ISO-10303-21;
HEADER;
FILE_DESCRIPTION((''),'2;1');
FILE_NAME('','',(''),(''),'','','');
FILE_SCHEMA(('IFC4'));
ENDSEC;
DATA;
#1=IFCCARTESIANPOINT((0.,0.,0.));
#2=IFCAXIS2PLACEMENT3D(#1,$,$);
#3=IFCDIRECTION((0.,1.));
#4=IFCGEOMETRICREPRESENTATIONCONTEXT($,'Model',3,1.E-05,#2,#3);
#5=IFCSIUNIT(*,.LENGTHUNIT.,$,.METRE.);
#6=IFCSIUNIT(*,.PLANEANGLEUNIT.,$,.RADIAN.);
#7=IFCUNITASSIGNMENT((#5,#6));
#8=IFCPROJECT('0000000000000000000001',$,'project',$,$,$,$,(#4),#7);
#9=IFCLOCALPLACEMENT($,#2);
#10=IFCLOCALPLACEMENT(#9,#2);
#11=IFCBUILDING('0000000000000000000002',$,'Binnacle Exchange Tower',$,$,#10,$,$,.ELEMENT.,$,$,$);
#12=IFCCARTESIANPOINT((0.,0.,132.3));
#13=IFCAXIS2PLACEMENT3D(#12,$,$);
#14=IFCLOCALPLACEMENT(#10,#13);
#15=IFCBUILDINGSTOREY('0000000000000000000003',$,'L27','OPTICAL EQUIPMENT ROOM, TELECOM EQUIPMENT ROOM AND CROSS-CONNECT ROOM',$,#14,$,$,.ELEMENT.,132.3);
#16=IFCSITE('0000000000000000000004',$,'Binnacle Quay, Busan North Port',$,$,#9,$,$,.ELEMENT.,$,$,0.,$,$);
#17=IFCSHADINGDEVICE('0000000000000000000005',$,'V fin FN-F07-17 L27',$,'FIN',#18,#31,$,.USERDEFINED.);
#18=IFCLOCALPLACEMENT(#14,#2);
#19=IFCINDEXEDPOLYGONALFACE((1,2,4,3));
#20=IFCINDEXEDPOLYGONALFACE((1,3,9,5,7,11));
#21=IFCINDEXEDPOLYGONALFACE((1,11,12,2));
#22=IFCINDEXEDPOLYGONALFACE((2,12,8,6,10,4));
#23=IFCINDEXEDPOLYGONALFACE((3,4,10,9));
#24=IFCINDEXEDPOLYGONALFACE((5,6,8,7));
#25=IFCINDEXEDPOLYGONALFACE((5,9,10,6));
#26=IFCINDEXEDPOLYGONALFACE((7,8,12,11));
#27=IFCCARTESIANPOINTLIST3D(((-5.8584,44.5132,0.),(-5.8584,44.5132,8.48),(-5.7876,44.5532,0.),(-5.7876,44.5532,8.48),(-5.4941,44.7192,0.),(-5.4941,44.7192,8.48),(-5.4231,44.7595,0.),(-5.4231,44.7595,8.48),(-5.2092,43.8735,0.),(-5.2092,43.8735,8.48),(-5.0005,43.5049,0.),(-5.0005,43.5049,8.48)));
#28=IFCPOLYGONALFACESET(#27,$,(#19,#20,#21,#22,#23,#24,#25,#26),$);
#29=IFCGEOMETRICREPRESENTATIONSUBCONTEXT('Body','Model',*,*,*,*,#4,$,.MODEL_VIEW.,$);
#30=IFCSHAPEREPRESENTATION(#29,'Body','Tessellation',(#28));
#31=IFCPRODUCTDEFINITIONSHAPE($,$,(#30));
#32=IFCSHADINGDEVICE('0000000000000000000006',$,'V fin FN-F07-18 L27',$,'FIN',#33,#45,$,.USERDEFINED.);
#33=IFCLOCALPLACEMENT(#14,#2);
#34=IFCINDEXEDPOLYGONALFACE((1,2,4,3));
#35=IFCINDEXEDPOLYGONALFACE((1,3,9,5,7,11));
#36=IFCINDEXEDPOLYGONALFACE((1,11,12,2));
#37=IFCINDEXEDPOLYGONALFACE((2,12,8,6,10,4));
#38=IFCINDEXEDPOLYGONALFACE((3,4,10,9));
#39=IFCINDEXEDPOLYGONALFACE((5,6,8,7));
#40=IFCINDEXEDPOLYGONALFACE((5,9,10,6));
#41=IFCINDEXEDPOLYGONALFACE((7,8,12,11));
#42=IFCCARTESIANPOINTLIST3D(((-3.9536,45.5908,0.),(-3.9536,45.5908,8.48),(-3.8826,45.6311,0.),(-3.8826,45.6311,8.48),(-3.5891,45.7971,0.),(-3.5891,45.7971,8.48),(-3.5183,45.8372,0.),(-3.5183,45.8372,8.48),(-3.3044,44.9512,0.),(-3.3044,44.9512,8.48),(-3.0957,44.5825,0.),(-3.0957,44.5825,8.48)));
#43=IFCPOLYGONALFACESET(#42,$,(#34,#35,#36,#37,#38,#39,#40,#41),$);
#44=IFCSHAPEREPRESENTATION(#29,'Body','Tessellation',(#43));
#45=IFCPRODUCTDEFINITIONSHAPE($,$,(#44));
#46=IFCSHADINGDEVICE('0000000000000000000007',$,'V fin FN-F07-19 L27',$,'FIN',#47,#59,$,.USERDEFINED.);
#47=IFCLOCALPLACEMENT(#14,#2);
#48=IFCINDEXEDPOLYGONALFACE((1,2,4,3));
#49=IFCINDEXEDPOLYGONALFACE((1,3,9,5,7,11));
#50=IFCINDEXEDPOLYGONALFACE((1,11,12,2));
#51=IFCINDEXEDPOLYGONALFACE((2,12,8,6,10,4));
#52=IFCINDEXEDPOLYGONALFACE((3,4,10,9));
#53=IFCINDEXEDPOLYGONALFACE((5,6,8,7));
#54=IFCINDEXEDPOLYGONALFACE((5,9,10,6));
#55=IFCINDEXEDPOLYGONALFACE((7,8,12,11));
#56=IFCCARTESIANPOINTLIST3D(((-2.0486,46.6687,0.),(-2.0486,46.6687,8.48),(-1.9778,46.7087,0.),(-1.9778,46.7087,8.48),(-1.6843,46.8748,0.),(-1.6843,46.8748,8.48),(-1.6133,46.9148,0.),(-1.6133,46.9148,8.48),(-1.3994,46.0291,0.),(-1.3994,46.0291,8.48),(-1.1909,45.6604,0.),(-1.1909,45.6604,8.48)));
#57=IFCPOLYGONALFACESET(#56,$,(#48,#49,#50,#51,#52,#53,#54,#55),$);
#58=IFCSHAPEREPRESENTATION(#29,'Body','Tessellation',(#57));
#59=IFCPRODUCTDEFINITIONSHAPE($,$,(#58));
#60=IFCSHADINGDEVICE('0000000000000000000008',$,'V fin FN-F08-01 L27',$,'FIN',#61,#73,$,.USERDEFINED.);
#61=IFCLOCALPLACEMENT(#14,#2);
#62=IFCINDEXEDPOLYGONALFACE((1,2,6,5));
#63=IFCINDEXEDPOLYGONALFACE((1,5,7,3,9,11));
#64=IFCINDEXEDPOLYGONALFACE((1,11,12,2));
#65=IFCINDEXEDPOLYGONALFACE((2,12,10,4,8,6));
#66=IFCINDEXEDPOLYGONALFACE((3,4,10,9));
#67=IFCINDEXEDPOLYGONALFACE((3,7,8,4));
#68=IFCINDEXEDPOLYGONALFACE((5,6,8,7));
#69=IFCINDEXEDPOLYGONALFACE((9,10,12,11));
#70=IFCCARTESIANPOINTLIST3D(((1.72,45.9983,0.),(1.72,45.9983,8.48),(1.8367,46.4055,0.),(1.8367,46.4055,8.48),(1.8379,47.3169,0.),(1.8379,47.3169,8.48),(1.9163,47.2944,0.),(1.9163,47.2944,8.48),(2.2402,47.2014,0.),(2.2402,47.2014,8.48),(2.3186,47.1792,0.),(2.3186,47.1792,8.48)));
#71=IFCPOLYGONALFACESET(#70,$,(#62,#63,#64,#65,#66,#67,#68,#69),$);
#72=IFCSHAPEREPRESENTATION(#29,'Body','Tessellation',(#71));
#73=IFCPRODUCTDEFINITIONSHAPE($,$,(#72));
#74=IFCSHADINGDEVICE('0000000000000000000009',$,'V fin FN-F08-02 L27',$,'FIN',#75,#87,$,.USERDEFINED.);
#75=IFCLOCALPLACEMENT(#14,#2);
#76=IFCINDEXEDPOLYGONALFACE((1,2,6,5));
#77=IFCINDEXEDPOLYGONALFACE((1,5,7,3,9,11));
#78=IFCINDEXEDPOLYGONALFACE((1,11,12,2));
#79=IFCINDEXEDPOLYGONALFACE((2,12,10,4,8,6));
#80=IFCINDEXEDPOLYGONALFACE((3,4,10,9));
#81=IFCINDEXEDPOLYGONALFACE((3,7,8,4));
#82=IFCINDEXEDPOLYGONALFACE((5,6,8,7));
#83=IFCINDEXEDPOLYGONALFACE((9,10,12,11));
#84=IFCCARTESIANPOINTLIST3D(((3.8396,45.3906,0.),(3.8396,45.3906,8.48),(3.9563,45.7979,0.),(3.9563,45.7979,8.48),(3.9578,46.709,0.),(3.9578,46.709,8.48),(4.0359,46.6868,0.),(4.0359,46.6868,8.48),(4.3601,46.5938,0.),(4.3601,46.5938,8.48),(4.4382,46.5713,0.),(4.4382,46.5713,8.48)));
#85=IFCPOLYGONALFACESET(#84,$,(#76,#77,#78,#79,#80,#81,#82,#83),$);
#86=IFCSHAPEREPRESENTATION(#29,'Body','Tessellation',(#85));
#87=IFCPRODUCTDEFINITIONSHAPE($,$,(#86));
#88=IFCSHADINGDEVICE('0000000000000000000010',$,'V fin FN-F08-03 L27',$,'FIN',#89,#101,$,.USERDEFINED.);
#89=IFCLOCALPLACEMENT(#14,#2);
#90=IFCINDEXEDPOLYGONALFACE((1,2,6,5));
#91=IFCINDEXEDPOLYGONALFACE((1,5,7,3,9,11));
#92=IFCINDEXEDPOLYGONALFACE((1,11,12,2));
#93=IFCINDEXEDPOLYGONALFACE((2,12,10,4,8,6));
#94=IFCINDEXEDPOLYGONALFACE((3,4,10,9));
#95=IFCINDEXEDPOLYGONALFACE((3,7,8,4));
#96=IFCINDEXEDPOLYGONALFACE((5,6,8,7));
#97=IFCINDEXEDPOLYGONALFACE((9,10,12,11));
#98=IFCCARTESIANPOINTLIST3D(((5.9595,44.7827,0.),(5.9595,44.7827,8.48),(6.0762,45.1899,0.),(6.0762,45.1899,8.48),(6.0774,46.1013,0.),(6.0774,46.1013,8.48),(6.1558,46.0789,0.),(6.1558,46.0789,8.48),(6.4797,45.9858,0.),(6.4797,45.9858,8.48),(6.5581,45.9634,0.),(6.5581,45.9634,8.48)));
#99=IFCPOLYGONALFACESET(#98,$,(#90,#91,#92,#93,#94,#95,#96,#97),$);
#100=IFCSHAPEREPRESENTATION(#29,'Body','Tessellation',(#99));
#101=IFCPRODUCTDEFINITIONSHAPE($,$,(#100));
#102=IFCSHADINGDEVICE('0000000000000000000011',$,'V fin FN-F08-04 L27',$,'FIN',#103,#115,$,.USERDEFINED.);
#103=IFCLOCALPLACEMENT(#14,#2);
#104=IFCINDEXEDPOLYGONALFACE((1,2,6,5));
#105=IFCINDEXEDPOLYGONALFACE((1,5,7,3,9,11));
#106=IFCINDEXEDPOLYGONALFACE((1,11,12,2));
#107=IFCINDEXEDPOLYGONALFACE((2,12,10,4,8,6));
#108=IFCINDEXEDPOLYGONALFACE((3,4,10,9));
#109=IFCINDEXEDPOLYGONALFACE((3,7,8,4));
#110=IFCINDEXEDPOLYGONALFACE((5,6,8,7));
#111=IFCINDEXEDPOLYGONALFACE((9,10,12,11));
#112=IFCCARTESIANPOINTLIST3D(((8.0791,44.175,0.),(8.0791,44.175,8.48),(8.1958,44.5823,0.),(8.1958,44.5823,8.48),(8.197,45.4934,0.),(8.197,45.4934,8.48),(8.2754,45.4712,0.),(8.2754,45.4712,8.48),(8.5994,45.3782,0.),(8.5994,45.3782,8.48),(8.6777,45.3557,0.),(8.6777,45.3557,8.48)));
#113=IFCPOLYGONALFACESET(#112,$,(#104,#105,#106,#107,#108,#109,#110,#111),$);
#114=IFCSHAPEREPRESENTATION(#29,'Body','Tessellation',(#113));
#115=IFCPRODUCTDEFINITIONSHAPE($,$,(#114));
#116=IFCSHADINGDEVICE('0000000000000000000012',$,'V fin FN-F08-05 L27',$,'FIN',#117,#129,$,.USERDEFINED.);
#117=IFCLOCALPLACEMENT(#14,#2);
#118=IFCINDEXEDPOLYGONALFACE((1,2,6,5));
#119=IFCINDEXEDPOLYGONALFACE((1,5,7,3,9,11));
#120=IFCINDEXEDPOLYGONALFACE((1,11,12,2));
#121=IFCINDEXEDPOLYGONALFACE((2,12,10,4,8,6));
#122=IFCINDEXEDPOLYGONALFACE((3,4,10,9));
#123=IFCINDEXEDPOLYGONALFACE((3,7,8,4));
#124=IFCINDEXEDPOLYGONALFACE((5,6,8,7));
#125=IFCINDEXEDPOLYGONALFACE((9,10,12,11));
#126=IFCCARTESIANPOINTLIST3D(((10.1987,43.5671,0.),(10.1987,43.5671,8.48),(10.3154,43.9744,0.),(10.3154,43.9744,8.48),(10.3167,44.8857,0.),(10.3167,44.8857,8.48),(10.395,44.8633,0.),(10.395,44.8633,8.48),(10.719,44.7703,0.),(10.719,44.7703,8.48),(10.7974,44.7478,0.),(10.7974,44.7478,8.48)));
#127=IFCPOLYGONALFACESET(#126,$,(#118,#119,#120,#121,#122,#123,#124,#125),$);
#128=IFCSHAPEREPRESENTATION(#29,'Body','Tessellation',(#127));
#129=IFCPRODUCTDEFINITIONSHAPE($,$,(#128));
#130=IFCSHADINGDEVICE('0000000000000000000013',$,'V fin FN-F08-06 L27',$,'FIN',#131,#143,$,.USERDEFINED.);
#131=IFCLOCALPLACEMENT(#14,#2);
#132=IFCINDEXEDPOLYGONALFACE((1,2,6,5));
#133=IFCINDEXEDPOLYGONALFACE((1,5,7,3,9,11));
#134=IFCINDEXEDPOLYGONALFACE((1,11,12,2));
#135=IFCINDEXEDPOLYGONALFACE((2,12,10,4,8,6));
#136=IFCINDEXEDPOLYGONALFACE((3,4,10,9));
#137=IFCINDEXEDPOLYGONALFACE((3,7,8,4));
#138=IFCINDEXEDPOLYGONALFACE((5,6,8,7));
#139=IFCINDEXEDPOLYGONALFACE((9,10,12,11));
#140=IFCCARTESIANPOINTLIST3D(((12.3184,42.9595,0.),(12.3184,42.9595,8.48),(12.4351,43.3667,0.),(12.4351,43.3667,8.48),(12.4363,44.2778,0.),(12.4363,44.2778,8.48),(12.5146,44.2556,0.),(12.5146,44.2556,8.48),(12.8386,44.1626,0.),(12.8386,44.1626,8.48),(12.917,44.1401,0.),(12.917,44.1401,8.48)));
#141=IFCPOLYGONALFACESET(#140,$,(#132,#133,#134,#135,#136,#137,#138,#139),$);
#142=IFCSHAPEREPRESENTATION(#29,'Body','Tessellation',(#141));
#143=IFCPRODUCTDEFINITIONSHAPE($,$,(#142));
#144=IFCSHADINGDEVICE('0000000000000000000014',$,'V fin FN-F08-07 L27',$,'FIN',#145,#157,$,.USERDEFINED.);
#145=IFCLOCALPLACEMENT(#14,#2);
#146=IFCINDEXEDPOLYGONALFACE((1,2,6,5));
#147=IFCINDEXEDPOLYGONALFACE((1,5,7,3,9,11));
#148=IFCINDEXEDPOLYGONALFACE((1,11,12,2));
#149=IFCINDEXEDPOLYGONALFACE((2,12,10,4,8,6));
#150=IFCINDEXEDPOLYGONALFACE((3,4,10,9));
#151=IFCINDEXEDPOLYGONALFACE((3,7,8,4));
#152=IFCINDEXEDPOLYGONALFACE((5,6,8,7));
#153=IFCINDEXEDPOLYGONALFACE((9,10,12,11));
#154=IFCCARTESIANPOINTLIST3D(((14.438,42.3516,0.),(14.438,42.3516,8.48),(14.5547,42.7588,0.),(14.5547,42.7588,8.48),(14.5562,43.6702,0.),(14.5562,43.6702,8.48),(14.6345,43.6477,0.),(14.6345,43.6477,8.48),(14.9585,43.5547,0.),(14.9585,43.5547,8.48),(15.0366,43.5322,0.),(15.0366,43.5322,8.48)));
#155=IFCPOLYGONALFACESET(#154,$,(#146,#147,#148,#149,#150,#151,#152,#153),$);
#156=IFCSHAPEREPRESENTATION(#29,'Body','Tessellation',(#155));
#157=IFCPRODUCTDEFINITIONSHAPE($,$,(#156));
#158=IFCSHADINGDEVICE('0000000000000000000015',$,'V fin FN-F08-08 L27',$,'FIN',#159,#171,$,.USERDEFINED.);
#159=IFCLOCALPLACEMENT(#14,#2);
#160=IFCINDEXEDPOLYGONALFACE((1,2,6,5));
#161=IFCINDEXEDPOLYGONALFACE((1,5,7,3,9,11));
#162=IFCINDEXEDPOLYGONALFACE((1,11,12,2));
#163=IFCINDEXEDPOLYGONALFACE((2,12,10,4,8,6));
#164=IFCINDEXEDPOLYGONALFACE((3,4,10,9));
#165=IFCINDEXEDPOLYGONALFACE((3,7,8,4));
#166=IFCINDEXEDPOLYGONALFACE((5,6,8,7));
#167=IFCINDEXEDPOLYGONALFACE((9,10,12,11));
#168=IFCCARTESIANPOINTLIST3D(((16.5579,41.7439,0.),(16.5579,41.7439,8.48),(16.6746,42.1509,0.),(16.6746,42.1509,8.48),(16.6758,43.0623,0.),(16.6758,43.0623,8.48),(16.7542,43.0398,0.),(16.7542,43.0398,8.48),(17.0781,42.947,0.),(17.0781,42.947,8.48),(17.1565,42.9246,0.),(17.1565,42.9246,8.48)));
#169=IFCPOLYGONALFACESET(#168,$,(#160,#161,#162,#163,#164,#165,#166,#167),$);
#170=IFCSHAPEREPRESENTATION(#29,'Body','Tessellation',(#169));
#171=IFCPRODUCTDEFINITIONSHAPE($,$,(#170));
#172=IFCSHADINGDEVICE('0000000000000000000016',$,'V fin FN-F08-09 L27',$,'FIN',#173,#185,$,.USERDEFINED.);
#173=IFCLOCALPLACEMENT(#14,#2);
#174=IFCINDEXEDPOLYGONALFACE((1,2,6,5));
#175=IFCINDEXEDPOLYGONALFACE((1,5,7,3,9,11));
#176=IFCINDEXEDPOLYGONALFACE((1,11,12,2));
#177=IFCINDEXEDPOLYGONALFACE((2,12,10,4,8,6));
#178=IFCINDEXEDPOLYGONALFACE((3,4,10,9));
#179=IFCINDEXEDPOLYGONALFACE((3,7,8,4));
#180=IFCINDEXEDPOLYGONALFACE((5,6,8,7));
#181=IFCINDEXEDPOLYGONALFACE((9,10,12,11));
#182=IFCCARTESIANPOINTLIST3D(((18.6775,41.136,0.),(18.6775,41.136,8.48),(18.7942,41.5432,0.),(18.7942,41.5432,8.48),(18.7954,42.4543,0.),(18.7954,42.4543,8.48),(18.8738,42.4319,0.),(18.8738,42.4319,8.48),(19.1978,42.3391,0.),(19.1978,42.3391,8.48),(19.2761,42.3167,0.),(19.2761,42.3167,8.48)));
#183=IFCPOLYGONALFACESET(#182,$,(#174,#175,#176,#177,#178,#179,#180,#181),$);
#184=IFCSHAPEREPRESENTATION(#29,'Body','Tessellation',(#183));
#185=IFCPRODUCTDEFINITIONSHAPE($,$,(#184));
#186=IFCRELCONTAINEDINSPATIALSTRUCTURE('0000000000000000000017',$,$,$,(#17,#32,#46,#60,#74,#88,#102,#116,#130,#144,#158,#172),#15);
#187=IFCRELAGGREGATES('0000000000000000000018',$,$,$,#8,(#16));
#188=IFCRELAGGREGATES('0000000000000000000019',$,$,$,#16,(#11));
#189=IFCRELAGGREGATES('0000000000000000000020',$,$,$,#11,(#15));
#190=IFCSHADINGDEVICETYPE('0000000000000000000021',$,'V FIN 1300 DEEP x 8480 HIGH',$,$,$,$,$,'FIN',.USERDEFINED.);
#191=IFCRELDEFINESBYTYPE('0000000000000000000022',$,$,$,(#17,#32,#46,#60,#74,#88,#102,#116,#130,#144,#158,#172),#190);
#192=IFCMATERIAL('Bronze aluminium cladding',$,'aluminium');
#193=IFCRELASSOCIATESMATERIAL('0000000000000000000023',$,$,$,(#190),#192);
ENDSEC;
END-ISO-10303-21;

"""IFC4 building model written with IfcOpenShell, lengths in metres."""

from ifc_helpers import new_model, si_unit, direction, frame, origin, place, context, subcontext, project, spatial, polyline, outline, extrude, material, type_object, element, save


model = new_model("IFC4")

# Units and contexts
model_context = context("Model", 3, precision=1e-05, world=origin(), true_north=direction((0.0, 1.0)))
body_context = subcontext(model_context, "Body", "Model", "MODEL_VIEW")
ifc_project = project(units=[si_unit("LENGTHUNIT", "METRE"), si_unit("PLANEANGLEUNIT", "RADIAN")], contexts=[model_context])

# Site, building, storey
site_placement = place(None, origin())
site = spatial("IfcSite", under=ifc_project, at=site_placement, Name="Binnacle Quay, Busan North Port", CompositionType="ELEMENT", RefElevation=0.0)
building_placement = place(site_placement, origin())
building = spatial("IfcBuilding", under=site, at=building_placement, Name="Binnacle Exchange Tower", CompositionType="ELEMENT")
storey_placement = place(building_placement, frame((0.0, 0.0, 132.3)))
storey = spatial("IfcBuildingStorey", under=building, at=storey_placement, Name="L27", Description="OPTICAL EQUIPMENT ROOM, TELECOM EQUIPMENT ROOM AND CROSS-CONNECT ROOM", CompositionType="ELEMENT", Elevation=132.3)

# Shading devices
ifc_material = material(Name="Bronze aluminium cladding", Category="aluminium")
shading_device_type = type_object("IfcShadingDeviceType", Name="V FIN 1300 DEEP x 8480 HIGH", ElementType="FIN", PredefinedType="USERDEFINED", material=ifc_material)
shading_device_1_placement = place(storey_placement, origin())
element("IfcShadingDevice", 1, at=shading_device_1_placement, inside=storey, type_object=shading_device_type, Name="V fin FN-F07-17 L27", ObjectType="FIN", PredefinedType="USERDEFINED", context=body_context, shape_type="SweptSolid", body=[
    extrude(outline(polyline([(-5.8584, 44.5132), (-5.0005, 43.5049), (-5.4231, 44.7595), (-5.4941, 44.7192), (-5.2092, 43.8735), (-5.7876, 44.5532), (-5.8584, 44.5132)])), origin(), (0.0, 0.0, 1.0), 8.48),
])
shading_device_2_placement = place(storey_placement, origin())
element("IfcShadingDevice", 2, at=shading_device_2_placement, inside=storey, type_object=shading_device_type, Name="V fin FN-F07-18 L27", ObjectType="FIN", PredefinedType="USERDEFINED", context=body_context, shape_type="SweptSolid", body=[
    extrude(outline(polyline([(-3.9536, 45.5908), (-3.0957, 44.5825), (-3.5183, 45.8372), (-3.5891, 45.7971), (-3.3044, 44.9512), (-3.8826, 45.6311), (-3.9536, 45.5908)])), origin(), (0.0, 0.0, 1.0), 8.48),
])
shading_device_3_placement = place(storey_placement, origin())
element("IfcShadingDevice", 3, at=shading_device_3_placement, inside=storey, type_object=shading_device_type, Name="V fin FN-F07-19 L27", ObjectType="FIN", PredefinedType="USERDEFINED", context=body_context, shape_type="SweptSolid", body=[
    extrude(outline(polyline([(-2.0486, 46.6687), (-1.1909, 45.6604), (-1.6133, 46.9148), (-1.6843, 46.8748), (-1.3994, 46.0291), (-1.9778, 46.7087), (-2.0486, 46.6687)])), origin(), (0.0, 0.0, 1.0), 8.48),
])
shading_device_4_placement = place(storey_placement, origin())
element("IfcShadingDevice", 4, at=shading_device_4_placement, inside=storey, type_object=shading_device_type, Name="V fin FN-F08-01 L27", ObjectType="FIN", PredefinedType="USERDEFINED", context=body_context, shape_type="SweptSolid", body=[
    extrude(outline(polyline([(1.8379, 47.3169), (1.72, 45.9983), (2.3186, 47.1792), (2.2402, 47.2014), (1.8367, 46.4055), (1.9163, 47.2944), (1.8379, 47.3169)])), origin(), (0.0, 0.0, 1.0), 8.48),
])
shading_device_5_placement = place(storey_placement, origin())
element("IfcShadingDevice", 5, at=shading_device_5_placement, inside=storey, type_object=shading_device_type, Name="V fin FN-F08-02 L27", ObjectType="FIN", PredefinedType="USERDEFINED", context=body_context, shape_type="SweptSolid", body=[
    extrude(outline(polyline([(3.9578, 46.709), (3.8396, 45.3906), (4.4382, 46.5713), (4.3601, 46.5938), (3.9563, 45.7979), (4.0359, 46.6868), (3.9578, 46.709)])), origin(), (0.0, 0.0, 1.0), 8.48),
])
shading_device_6_placement = place(storey_placement, origin())
element("IfcShadingDevice", 6, at=shading_device_6_placement, inside=storey, type_object=shading_device_type, Name="V fin FN-F08-03 L27", ObjectType="FIN", PredefinedType="USERDEFINED", context=body_context, shape_type="SweptSolid", body=[
    extrude(outline(polyline([(6.0774, 46.1013), (5.9595, 44.7827), (6.5581, 45.9634), (6.4797, 45.9858), (6.0762, 45.1899), (6.1558, 46.0789), (6.0774, 46.1013)])), origin(), (0.0, 0.0, 1.0), 8.48),
])
shading_device_7_placement = place(storey_placement, origin())
element("IfcShadingDevice", 7, at=shading_device_7_placement, inside=storey, type_object=shading_device_type, Name="V fin FN-F08-04 L27", ObjectType="FIN", PredefinedType="USERDEFINED", context=body_context, shape_type="SweptSolid", body=[
    extrude(outline(polyline([(8.197, 45.4934), (8.0791, 44.175), (8.6777, 45.3557), (8.5994, 45.3782), (8.1958, 44.5823), (8.2754, 45.4712), (8.197, 45.4934)])), origin(), (0.0, 0.0, 1.0), 8.48),
])
shading_device_8_placement = place(storey_placement, origin())
element("IfcShadingDevice", 8, at=shading_device_8_placement, inside=storey, type_object=shading_device_type, Name="V fin FN-F08-05 L27", ObjectType="FIN", PredefinedType="USERDEFINED", context=body_context, shape_type="SweptSolid", body=[
    extrude(outline(polyline([(10.3167, 44.8857), (10.1987, 43.5671), (10.7974, 44.7478), (10.719, 44.7703), (10.3154, 43.9744), (10.395, 44.8633), (10.3167, 44.8857)])), origin(), (0.0, 0.0, 1.0), 8.48),
])
shading_device_9_placement = place(storey_placement, origin())
element("IfcShadingDevice", 9, at=shading_device_9_placement, inside=storey, type_object=shading_device_type, Name="V fin FN-F08-06 L27", ObjectType="FIN", PredefinedType="USERDEFINED", context=body_context, shape_type="SweptSolid", body=[
    extrude(outline(polyline([(12.4363, 44.2778), (12.3184, 42.9595), (12.917, 44.1401), (12.8386, 44.1626), (12.4351, 43.3667), (12.5146, 44.2556), (12.4363, 44.2778)])), origin(), (0.0, 0.0, 1.0), 8.48),
])
shading_device_10_placement = place(storey_placement, origin())
element("IfcShadingDevice", 10, at=shading_device_10_placement, inside=storey, type_object=shading_device_type, Name="V fin FN-F08-07 L27", ObjectType="FIN", PredefinedType="USERDEFINED", context=body_context, shape_type="SweptSolid", body=[
    extrude(outline(polyline([(14.5562, 43.6702), (14.438, 42.3516), (15.0366, 43.5322), (14.9585, 43.5547), (14.5547, 42.7588), (14.6345, 43.6477), (14.5562, 43.6702)])), origin(), (0.0, 0.0, 1.0), 8.48),
])
shading_device_11_placement = place(storey_placement, origin())
element("IfcShadingDevice", 11, at=shading_device_11_placement, inside=storey, type_object=shading_device_type, Name="V fin FN-F08-08 L27", ObjectType="FIN", PredefinedType="USERDEFINED", context=body_context, shape_type="SweptSolid", body=[
    extrude(outline(polyline([(16.6758, 43.0623), (16.5579, 41.7439), (17.1565, 42.9246), (17.0781, 42.947), (16.6746, 42.1509), (16.7542, 43.0398), (16.6758, 43.0623)])), origin(), (0.0, 0.0, 1.0), 8.48),
])
shading_device_12_placement = place(storey_placement, origin())
element("IfcShadingDevice", 12, at=shading_device_12_placement, inside=storey, type_object=shading_device_type, Name="V fin FN-F08-09 L27", ObjectType="FIN", PredefinedType="USERDEFINED", context=body_context, shape_type="SweptSolid", body=[
    extrude(outline(polyline([(18.7954, 42.4543), (18.6775, 41.136), (19.2761, 42.3167), (19.1978, 42.3391), (18.7942, 41.5432), (18.8738, 42.4319), (18.7954, 42.4543)])), origin(), (0.0, 0.0, 1.0), 8.48),
])

save(model, "model.ifc")
